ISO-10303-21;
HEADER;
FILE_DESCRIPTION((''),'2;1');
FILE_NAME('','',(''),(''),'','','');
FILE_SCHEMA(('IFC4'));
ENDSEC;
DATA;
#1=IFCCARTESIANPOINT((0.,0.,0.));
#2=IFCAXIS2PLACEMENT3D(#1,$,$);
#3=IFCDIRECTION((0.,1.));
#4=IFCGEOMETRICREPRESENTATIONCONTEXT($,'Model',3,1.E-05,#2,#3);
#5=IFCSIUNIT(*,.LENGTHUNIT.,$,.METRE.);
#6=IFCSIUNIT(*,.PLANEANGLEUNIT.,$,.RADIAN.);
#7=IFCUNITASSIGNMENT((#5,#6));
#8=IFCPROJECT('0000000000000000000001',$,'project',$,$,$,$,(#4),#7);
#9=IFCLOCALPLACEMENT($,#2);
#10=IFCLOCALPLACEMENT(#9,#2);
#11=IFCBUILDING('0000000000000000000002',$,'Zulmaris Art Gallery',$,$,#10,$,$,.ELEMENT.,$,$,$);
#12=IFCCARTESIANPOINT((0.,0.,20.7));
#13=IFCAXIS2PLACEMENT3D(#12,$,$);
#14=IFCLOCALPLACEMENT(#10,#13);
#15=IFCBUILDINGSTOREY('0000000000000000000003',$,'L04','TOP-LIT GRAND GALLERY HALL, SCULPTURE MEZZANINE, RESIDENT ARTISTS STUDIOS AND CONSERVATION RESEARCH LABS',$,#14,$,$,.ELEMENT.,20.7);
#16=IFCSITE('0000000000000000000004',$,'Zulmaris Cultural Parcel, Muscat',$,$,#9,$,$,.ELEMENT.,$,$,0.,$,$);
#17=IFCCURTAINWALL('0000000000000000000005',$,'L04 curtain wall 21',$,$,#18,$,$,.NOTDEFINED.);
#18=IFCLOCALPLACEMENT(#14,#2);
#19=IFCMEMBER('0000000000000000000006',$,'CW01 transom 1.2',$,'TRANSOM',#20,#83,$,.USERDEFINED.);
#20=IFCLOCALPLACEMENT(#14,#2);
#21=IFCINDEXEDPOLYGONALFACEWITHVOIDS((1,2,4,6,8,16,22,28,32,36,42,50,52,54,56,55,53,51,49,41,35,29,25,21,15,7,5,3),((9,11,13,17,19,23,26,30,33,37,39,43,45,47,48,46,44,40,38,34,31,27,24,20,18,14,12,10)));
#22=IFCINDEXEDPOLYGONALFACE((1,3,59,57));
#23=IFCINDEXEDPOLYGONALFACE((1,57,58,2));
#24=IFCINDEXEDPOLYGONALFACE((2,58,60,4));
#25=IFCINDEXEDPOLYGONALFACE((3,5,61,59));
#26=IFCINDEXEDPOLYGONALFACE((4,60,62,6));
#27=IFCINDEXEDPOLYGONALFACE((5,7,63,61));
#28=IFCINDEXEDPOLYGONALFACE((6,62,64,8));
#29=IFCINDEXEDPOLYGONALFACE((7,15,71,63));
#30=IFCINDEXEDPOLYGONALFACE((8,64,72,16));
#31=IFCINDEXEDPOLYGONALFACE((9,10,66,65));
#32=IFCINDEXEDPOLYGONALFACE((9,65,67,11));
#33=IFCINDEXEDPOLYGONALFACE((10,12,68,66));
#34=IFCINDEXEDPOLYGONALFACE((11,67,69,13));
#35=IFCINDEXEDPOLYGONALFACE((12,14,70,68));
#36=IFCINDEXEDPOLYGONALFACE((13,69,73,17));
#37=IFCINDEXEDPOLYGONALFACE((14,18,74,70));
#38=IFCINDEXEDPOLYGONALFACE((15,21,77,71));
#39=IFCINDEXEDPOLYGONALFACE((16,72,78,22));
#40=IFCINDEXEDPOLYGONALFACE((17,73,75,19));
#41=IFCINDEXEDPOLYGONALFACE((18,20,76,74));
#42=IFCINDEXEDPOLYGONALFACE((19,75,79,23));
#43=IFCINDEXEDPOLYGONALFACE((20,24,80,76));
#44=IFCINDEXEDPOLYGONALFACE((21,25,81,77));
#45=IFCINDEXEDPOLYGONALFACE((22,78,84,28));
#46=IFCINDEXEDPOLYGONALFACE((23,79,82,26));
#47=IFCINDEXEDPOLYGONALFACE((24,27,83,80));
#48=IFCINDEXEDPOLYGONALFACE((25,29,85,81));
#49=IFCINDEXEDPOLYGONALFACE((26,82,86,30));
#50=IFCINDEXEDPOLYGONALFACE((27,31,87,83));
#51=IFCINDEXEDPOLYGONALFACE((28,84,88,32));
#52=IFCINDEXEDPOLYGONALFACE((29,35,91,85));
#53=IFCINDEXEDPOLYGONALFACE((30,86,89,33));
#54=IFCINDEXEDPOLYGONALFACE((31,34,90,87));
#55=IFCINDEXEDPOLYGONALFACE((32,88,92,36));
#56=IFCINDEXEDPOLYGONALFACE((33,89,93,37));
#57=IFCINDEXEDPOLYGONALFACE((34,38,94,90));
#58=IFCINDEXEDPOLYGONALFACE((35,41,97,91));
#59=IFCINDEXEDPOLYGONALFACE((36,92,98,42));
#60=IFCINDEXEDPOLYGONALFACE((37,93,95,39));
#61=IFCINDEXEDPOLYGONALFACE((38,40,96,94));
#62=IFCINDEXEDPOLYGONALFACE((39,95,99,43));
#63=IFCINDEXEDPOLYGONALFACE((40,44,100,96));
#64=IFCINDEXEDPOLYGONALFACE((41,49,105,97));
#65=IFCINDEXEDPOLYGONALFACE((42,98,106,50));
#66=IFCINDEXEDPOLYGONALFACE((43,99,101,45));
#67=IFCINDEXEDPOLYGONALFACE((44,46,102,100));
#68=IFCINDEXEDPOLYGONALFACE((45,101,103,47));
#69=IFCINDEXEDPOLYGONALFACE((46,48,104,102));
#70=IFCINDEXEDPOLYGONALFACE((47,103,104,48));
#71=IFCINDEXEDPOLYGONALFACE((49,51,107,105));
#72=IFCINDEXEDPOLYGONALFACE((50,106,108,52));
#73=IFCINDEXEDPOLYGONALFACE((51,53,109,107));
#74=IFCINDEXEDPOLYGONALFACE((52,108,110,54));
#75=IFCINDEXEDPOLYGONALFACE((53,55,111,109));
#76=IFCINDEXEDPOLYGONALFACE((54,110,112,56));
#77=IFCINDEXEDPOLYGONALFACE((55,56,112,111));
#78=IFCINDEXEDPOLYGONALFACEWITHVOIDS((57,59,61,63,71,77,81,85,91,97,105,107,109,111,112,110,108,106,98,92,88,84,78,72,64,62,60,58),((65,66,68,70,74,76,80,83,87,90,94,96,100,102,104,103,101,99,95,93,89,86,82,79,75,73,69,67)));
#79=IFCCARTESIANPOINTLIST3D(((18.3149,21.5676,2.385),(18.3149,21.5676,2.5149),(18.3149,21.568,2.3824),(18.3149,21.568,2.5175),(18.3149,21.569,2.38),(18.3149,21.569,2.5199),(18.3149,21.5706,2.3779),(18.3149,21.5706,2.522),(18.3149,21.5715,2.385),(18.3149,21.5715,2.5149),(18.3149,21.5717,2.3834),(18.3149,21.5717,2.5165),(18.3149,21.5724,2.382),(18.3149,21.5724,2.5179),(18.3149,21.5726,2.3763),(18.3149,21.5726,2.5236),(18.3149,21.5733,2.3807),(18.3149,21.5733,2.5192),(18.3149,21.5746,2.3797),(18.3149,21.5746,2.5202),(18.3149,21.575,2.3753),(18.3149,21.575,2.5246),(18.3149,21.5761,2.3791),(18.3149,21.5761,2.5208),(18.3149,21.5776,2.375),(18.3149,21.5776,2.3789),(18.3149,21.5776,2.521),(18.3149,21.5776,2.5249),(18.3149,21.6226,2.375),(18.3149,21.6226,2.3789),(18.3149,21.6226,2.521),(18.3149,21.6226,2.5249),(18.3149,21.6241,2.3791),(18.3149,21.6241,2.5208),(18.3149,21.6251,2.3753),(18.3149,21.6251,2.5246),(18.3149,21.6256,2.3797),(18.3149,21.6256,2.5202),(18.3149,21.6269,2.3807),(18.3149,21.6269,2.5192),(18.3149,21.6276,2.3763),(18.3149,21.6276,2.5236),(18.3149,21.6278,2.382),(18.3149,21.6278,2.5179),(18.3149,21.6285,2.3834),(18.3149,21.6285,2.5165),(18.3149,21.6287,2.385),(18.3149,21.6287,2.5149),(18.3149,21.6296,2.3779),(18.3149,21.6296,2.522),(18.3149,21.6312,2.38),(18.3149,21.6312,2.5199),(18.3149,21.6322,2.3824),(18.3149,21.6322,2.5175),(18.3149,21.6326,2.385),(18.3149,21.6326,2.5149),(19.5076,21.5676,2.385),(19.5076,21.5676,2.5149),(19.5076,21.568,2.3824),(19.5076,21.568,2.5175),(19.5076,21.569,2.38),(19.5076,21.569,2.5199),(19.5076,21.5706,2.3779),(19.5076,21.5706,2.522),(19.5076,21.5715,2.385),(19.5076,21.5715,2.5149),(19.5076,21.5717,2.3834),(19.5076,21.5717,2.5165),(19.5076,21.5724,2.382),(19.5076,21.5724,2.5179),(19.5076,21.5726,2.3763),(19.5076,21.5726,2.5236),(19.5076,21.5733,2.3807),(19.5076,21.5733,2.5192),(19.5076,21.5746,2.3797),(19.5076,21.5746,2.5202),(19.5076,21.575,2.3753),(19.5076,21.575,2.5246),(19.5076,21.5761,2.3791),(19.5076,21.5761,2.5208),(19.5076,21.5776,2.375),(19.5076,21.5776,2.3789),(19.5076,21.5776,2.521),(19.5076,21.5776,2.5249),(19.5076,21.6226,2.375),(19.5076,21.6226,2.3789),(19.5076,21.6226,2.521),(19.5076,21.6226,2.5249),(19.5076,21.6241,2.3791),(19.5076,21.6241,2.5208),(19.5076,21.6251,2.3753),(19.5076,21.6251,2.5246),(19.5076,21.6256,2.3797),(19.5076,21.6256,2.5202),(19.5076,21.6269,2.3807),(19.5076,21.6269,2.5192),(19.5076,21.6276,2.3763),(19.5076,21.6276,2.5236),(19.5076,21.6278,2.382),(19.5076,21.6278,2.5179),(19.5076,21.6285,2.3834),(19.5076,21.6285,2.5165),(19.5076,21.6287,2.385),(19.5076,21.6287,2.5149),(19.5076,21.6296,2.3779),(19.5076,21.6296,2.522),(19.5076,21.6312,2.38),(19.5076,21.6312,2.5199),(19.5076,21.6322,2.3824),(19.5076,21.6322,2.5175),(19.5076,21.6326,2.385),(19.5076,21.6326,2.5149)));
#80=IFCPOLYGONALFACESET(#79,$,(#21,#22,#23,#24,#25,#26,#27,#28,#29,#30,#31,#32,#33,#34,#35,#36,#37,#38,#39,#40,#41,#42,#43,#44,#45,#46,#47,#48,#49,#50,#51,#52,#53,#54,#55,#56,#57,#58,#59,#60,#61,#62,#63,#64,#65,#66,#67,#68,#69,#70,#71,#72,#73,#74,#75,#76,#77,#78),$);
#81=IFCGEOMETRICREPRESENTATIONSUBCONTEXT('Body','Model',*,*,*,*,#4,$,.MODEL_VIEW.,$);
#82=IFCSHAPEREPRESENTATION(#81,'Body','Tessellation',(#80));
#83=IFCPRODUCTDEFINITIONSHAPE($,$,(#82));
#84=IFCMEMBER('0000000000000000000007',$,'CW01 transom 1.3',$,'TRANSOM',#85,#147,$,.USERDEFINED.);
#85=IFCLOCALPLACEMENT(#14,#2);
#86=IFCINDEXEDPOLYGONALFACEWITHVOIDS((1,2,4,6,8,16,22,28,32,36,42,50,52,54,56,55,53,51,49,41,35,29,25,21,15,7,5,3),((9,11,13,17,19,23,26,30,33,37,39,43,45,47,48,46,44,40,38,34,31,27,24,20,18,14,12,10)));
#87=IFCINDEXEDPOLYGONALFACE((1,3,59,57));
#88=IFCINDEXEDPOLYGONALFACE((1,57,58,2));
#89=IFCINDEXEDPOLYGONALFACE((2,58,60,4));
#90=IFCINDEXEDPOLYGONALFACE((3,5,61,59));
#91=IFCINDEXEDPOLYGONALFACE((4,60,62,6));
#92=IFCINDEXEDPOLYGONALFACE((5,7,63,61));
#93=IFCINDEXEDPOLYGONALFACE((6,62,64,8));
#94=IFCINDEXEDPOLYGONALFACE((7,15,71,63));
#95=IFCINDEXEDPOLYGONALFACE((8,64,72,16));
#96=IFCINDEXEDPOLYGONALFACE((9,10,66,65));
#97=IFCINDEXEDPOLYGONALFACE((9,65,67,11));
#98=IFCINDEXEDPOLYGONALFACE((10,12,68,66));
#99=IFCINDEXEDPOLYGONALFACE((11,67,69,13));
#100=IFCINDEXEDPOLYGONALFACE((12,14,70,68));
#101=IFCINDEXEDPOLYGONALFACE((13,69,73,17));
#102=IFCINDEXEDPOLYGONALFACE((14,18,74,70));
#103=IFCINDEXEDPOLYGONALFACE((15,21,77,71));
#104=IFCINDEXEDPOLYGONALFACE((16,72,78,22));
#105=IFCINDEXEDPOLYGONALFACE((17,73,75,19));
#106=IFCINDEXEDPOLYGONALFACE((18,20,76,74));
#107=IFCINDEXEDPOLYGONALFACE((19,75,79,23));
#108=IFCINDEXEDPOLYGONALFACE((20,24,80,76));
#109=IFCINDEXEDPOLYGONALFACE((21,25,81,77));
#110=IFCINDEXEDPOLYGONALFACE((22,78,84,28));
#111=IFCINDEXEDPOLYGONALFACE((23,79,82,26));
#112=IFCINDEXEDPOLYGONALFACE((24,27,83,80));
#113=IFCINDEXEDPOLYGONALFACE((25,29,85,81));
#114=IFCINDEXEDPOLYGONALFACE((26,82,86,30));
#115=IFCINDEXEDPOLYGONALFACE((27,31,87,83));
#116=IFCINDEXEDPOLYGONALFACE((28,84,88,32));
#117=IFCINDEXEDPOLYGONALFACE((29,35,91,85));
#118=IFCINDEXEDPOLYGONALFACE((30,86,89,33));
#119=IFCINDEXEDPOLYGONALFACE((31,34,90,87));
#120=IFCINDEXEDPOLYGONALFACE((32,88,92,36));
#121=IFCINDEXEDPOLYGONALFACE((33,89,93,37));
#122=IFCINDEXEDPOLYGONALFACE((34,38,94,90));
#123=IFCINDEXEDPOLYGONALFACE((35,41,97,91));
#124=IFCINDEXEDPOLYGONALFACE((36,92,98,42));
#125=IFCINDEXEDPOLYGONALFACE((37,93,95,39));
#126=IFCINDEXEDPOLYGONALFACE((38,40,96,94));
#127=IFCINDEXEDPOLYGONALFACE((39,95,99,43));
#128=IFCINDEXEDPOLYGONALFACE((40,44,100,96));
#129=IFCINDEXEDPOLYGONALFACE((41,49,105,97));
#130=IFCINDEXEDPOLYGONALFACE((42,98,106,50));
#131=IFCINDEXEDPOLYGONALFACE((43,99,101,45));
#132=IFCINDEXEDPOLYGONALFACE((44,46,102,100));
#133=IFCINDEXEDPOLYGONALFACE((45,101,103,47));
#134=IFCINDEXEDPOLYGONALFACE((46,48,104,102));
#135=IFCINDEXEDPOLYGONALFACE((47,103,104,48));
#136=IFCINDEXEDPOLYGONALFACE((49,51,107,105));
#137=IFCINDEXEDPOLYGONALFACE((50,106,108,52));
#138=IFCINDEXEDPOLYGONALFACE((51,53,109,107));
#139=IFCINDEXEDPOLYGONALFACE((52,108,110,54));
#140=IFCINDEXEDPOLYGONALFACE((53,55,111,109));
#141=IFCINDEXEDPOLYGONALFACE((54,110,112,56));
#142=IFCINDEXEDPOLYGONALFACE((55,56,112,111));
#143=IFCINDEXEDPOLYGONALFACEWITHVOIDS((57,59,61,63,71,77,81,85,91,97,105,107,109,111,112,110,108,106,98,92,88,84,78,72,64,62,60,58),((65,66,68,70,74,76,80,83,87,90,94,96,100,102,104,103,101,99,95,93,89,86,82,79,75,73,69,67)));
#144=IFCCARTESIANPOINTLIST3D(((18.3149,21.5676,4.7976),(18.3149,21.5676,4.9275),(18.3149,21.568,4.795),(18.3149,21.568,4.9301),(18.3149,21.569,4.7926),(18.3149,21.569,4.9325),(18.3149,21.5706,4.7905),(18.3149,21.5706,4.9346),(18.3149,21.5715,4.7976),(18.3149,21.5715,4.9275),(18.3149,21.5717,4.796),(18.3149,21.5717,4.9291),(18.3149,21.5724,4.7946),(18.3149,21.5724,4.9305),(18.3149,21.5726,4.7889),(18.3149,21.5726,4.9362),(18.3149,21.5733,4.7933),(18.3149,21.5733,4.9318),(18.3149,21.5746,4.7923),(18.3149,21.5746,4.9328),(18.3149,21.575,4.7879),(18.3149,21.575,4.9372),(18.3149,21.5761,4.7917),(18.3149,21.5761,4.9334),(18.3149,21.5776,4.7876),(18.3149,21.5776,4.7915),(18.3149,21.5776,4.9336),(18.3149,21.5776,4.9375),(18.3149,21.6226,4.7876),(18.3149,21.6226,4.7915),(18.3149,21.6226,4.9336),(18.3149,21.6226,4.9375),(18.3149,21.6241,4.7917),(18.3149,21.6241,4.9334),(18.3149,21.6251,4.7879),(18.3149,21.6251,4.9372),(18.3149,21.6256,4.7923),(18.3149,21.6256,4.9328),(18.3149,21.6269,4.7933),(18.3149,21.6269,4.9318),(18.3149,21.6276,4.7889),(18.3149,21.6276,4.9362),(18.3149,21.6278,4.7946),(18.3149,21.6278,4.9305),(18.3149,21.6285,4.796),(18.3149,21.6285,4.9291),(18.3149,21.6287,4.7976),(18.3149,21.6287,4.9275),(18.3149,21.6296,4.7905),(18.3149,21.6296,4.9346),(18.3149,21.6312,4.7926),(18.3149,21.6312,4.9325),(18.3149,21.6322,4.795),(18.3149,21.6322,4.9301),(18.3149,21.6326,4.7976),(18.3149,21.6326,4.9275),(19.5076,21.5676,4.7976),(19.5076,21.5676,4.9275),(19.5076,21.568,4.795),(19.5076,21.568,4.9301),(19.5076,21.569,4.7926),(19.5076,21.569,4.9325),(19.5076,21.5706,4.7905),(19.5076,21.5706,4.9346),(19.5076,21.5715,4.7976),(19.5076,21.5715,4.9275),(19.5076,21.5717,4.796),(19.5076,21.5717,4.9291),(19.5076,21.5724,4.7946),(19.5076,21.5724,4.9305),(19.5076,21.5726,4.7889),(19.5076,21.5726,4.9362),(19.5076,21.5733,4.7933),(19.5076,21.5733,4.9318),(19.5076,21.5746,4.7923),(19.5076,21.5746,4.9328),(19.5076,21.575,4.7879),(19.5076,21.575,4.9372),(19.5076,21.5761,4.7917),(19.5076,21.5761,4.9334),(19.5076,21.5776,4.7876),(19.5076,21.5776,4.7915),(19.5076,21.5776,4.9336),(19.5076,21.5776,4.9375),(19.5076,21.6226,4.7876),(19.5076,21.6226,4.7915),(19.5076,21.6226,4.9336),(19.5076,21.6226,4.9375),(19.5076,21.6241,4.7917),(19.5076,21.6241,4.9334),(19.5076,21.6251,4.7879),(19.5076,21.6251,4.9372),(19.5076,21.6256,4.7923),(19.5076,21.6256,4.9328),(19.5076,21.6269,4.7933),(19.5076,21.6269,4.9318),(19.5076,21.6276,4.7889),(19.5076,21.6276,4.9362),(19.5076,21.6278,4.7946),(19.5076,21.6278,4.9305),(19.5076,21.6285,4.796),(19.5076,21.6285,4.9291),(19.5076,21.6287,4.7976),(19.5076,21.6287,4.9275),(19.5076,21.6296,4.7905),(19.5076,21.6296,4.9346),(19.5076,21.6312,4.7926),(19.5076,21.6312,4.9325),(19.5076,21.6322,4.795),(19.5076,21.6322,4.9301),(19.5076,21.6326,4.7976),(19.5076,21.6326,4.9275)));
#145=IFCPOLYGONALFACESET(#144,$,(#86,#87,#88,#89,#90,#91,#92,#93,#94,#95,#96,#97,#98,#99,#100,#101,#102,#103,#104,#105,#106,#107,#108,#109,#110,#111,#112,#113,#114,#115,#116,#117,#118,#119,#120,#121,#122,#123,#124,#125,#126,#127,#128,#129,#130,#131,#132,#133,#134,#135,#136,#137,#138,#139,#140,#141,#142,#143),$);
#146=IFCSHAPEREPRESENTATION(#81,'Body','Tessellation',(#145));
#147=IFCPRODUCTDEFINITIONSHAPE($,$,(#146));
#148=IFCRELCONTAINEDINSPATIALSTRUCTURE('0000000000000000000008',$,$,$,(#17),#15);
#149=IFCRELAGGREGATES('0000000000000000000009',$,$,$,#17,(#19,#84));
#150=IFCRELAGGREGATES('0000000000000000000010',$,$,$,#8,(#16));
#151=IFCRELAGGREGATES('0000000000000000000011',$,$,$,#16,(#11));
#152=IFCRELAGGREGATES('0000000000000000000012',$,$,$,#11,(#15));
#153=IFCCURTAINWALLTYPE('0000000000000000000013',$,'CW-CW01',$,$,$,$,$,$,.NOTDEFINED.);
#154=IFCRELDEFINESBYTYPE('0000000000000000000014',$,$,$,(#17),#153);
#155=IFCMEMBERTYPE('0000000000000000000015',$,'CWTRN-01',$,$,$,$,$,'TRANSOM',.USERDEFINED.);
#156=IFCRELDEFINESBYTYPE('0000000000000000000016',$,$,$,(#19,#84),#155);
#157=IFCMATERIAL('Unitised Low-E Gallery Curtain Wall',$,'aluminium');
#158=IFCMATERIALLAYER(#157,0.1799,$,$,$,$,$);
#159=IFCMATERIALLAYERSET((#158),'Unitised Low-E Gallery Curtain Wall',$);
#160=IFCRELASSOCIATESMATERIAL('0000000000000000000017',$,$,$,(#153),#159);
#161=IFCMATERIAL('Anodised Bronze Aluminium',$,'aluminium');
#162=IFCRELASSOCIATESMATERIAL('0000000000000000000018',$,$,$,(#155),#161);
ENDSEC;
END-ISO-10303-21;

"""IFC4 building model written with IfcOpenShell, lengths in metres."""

from ifc_helpers import new_model, si_unit, direction, frame, origin, origin_2d, place, context, subcontext, project, spatial, hollow_rectangle, extrude, material, layer, layer_set, material_profile, profile_set, type_object, element, aggregate, save


model = new_model("IFC4")

# Units and contexts
model_context = context("Model", 3, precision=1e-05, world=origin(), true_north=direction((0.0, 1.0)))
body_context = subcontext(model_context, "Body", "Model", "MODEL_VIEW")
ifc_project = project(units=[si_unit("LENGTHUNIT", "METRE"), si_unit("PLANEANGLEUNIT", "RADIAN")], contexts=[model_context])

# Site, building, storey
site_placement = place(None, origin())
site = spatial("IfcSite", under=ifc_project, at=site_placement, Name="Zulmaris Cultural Parcel, Muscat", CompositionType="ELEMENT", RefElevation=0.0)
building_placement = place(site_placement, origin())
building = spatial("IfcBuilding", under=site, at=building_placement, Name="Zulmaris Art Gallery", CompositionType="ELEMENT")
storey_placement = place(building_placement, frame((0.0, 0.0, 20.7)))
storey = spatial("IfcBuildingStorey", under=building, at=storey_placement, Name="L04", Description="TOP-LIT GRAND GALLERY HALL, SCULPTURE MEZZANINE, RESIDENT ARTISTS STUDIOS AND CONSERVATION RESEARCH LABS", CompositionType="ELEMENT", Elevation=20.7)

# Shared definitions
ifc_material_1 = material(Name="Unitised Low-E Gallery Curtain Wall", Category="aluminium")
ifc_layer_1 = layer(ifc_material_1, 0.1799)
ifc_layer_set_1 = layer_set([ifc_layer_1], Name="Unitised Low-E Gallery Curtain Wall")
curtain_wall_type = type_object("IfcCurtainWallType", Name="CW-CW01", PredefinedType="NOTDEFINED", material=ifc_layer_set_1)
ifc_material_2 = material(Name="Anodised Bronze Aluminium", Category="aluminium")

# Curtain wall
curtain_wall_1_placement = place(storey_placement, origin())
curtain_wall_1 = element("IfcCurtainWall", 1, at=curtain_wall_1_placement, inside=storey, type_object=curtain_wall_type, Name="L04 curtain wall 21", PredefinedType="NOTDEFINED")

# Members
ifc_material_profile_1 = material_profile(ifc_material_2, hollow_rectangle(XDim=0.0649, YDim=0.1499, WallThickness=0.0039, InnerFilletRadius=0.0061, OuterFilletRadius=0.01, at=origin_2d()), Name="ALU 65x150x4")
ifc_profile_set_1 = profile_set([ifc_material_profile_1], Name="Anodised Bronze Aluminium")
member_type_1 = type_object("IfcMemberType", Name="CWTRN-01", ElementType="TRANSOM", PredefinedType="USERDEFINED", material=ifc_profile_set_1)
member_1_placement = place(storey_placement, frame((18.3149, 21.6001, 2.45), z_axis=(1.0, 0.0, 0.0), x_axis=(0.0, 1.0, 0.0)))
member_1 = element("IfcMember", 2, at=member_1_placement, type_object=member_type_1, Name="CW01 transom 1.2", ObjectType="TRANSOM", PredefinedType="USERDEFINED", context=body_context, shape_type="SweptSolid", body=[
    extrude(hollow_rectangle(XDim=0.0649, YDim=0.1499, WallThickness=0.0039, InnerFilletRadius=0.0061, OuterFilletRadius=0.01, at=origin_2d()), origin(), (0.0, 0.0, 1.0), 1.1926),
])
member_2_placement = place(storey_placement, frame((18.3149, 21.6001, 4.8625), z_axis=(1.0, 0.0, 0.0), x_axis=(0.0, 1.0, 0.0)))
member_2 = element("IfcMember", 3, at=member_2_placement, type_object=member_type_1, Name="CW01 transom 1.3", ObjectType="TRANSOM", PredefinedType="USERDEFINED", context=body_context, shape_type="SweptSolid", body=[
    extrude(hollow_rectangle(XDim=0.0649, YDim=0.1499, WallThickness=0.0039, InnerFilletRadius=0.0061, OuterFilletRadius=0.01, at=origin_2d()), origin(), (0.0, 0.0, 1.0), 1.1926),
])

aggregate(curtain_wall_1, [member_1, member_2])

save(model, "model.ifc")
